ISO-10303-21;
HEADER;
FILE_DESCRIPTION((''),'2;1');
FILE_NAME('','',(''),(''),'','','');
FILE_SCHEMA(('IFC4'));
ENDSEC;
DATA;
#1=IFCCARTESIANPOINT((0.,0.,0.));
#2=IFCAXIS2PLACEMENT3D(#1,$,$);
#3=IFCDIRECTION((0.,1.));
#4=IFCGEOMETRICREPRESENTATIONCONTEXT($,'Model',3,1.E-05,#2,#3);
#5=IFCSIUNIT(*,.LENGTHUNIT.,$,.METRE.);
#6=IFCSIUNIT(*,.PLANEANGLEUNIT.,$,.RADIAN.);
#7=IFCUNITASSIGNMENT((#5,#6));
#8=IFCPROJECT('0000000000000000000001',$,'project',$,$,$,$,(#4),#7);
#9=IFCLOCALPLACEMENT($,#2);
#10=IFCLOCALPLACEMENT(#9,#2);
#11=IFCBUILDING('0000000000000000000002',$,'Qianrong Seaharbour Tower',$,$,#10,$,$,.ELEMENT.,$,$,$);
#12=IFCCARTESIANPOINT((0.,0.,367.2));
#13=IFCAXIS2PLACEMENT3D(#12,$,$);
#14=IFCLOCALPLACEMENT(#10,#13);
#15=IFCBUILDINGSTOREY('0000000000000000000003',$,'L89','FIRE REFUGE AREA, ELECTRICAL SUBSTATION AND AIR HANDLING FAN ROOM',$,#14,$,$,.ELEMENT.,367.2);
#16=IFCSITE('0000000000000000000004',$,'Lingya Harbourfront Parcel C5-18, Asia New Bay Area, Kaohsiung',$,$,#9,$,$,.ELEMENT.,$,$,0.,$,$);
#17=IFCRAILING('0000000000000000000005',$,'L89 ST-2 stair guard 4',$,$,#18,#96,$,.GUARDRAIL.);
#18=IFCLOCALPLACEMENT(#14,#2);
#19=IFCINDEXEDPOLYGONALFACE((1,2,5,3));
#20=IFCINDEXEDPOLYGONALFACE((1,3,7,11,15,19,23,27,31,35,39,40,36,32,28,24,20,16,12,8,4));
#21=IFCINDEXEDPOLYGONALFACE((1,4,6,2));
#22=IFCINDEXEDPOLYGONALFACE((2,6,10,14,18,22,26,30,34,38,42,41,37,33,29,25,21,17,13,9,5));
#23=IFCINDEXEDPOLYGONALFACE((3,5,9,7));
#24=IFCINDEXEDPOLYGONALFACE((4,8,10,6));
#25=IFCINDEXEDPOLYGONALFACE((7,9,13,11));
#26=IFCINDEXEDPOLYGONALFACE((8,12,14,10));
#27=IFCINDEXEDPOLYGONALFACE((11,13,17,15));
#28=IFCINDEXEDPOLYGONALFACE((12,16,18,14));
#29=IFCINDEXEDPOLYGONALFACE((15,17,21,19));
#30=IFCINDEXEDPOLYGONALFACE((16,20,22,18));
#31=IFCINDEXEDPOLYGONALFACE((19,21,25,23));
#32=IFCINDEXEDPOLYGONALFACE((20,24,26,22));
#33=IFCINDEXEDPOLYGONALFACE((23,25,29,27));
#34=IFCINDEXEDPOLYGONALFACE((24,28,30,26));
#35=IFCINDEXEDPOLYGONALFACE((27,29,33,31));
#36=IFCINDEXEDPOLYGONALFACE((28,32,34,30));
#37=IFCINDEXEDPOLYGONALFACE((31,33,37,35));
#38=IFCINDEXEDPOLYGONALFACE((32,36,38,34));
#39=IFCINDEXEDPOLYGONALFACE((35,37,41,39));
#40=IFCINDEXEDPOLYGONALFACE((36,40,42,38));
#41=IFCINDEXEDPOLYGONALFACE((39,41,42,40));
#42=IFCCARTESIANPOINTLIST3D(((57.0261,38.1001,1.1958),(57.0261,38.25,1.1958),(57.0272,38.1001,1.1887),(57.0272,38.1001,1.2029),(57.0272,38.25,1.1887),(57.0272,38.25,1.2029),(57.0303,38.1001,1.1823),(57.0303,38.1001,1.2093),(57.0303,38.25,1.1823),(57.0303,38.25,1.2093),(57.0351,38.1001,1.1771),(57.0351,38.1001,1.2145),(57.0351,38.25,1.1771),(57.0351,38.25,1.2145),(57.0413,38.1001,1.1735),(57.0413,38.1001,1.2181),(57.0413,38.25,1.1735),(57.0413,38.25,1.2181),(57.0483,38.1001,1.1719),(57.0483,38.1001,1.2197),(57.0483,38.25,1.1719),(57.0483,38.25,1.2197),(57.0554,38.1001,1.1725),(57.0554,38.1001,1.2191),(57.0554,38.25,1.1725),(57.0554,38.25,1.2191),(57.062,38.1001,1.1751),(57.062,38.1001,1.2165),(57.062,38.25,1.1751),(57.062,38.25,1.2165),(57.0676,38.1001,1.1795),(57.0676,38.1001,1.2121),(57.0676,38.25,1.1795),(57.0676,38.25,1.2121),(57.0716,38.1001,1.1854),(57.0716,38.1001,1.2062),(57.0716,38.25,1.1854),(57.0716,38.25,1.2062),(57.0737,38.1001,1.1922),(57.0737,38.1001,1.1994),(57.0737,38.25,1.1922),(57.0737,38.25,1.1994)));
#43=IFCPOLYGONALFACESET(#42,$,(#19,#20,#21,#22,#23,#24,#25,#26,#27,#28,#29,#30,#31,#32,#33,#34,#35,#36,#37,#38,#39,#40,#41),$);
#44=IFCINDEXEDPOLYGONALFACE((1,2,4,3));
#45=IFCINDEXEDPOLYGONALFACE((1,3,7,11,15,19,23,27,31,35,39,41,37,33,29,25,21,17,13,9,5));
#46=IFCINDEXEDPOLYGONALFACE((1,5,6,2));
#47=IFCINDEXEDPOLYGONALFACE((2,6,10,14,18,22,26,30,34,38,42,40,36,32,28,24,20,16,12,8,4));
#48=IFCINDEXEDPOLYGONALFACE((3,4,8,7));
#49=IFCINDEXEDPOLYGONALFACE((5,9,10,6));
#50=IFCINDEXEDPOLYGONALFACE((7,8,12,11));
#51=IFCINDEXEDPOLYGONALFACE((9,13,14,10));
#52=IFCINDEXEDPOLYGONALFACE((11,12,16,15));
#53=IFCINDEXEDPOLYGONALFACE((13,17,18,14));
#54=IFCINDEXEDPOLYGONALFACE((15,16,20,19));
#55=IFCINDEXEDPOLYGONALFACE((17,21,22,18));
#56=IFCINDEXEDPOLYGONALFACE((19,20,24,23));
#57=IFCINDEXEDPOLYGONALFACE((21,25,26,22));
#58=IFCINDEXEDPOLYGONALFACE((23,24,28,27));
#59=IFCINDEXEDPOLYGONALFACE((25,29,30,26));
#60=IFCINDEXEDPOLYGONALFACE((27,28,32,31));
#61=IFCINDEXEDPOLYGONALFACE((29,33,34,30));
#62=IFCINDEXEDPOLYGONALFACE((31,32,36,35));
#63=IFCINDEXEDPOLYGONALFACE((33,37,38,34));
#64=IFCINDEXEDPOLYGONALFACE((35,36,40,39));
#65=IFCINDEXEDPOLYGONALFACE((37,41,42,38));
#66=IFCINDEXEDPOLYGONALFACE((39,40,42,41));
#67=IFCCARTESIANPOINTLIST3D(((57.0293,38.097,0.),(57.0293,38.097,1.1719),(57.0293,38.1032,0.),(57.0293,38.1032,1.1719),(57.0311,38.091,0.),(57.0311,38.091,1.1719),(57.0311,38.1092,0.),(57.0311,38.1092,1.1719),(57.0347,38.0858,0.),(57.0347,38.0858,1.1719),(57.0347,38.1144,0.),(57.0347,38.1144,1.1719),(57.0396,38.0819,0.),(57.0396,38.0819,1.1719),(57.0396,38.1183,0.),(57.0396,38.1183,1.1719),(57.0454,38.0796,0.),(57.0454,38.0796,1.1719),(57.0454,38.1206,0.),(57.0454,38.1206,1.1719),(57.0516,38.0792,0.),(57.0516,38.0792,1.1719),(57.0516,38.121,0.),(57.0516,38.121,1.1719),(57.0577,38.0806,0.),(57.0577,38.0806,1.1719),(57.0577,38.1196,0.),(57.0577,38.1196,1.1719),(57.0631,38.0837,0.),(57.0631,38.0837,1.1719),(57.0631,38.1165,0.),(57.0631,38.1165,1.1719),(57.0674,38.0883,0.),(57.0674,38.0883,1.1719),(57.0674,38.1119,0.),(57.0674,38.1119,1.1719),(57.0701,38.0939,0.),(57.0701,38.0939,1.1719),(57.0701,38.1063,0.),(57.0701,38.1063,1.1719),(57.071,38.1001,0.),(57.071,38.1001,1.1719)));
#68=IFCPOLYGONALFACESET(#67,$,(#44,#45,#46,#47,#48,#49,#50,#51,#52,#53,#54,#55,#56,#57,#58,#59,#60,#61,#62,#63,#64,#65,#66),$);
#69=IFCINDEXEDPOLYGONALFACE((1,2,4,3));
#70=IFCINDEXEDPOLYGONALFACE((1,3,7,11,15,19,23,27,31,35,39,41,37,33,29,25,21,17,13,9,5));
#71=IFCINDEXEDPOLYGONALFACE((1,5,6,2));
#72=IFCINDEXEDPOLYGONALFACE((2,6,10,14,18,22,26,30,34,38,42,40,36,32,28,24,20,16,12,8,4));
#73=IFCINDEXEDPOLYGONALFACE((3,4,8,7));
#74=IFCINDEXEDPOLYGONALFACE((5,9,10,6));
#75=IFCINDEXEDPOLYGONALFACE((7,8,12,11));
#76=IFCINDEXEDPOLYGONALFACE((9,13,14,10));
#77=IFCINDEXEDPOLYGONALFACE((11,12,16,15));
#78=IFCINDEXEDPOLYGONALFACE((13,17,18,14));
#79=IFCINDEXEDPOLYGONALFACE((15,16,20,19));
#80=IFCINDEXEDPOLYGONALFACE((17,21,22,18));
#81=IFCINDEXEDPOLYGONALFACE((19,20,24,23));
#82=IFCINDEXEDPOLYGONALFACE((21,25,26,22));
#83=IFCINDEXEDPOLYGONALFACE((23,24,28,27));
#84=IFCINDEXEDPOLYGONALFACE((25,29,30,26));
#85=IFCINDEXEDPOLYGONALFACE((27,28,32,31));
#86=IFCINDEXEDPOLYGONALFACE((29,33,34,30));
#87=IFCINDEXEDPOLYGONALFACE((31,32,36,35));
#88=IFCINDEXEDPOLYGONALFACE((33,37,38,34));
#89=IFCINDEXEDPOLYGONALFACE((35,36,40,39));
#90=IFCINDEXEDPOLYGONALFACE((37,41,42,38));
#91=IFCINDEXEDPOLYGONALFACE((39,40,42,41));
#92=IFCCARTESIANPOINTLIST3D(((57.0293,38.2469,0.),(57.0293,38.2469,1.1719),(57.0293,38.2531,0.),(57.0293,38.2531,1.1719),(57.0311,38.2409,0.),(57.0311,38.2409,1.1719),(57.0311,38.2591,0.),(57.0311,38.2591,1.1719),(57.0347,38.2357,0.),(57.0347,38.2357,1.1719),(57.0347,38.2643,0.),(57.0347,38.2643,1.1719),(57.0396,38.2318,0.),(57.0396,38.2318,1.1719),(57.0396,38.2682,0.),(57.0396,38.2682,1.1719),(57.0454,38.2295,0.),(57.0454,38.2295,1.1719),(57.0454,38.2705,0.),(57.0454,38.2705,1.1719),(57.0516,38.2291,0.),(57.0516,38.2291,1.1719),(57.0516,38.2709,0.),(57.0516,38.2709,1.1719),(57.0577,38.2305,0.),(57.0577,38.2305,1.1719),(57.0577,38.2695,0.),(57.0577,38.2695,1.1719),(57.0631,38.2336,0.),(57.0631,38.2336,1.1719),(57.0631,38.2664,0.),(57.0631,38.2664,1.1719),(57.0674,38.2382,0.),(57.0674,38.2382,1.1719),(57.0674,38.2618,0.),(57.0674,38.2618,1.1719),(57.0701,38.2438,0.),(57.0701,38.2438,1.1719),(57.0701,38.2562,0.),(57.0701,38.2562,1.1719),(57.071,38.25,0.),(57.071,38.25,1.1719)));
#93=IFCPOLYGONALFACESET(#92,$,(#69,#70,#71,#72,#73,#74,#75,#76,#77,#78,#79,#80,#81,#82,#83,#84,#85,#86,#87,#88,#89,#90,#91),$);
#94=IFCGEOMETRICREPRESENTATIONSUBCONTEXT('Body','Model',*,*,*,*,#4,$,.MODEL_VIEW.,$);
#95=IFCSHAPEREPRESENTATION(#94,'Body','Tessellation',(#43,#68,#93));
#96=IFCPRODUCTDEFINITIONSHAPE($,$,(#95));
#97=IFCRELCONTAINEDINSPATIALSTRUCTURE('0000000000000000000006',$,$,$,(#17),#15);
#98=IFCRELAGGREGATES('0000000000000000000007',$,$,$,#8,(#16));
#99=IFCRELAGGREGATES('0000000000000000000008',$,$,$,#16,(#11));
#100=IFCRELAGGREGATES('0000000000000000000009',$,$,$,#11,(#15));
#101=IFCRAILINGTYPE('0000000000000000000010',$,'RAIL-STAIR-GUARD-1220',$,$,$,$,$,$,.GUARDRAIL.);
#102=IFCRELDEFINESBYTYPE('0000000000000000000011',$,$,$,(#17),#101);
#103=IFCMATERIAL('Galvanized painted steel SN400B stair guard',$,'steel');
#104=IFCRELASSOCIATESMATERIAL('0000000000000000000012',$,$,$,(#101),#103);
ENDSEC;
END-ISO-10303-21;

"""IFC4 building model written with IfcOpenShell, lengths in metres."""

from ifc_helpers import new_model, si_unit, direction, frame, origin, origin_2d, place, context, subcontext, project, spatial, circle, extrude, material, type_object, element, save


model = new_model("IFC4")

# Units and contexts
model_context = context("Model", 3, precision=1e-05, world=origin(), true_north=direction((0.0, 1.0)))
body_context = subcontext(model_context, "Body", "Model", "MODEL_VIEW")
ifc_project = project(units=[si_unit("LENGTHUNIT", "METRE"), si_unit("PLANEANGLEUNIT", "RADIAN")], contexts=[model_context])

# Site, building, storey
site_placement = place(None, origin())
site = spatial("IfcSite", under=ifc_project, at=site_placement, Name="Lingya Harbourfront Parcel C5-18, Asia New Bay Area, Kaohsiung", CompositionType="ELEMENT", RefElevation=0.0)
building_placement = place(site_placement, origin())
building = spatial("IfcBuilding", under=site, at=building_placement, Name="Qianrong Seaharbour Tower", CompositionType="ELEMENT")
storey_placement = place(building_placement, frame((0.0, 0.0, 367.2)))
storey = spatial("IfcBuildingStorey", under=building, at=storey_placement, Name="L89", Description="FIRE REFUGE AREA, ELECTRICAL SUBSTATION AND AIR HANDLING FAN ROOM", CompositionType="ELEMENT", Elevation=367.2)

# Railing
ifc_material_1 = material(Name="Galvanized painted steel SN400B stair guard", Category="steel")
railing_type_1 = type_object("IfcRailingType", Name="RAIL-STAIR-GUARD-1220", PredefinedType="GUARDRAIL", material=ifc_material_1)
railing_1_placement = place(storey_placement, frame((57.05, 38.1001, 0.0)))
element("IfcRailing", 1, at=railing_1_placement, inside=storey, type_object=railing_type_1, Name="L89 ST-2 stair guard 4", PredefinedType="GUARDRAIL", context=body_context, shape_type="SweptSolid", body=[
    extrude(circle(Radius=0.0239, at=origin_2d()), frame((0.0, 0.0, 1.1958), z_axis=(0.0, 1.0, 0.0), x_axis=(-1.0, 0.0, 0.0)), (0.0, 0.0, 1.0), 0.1499),
    extrude(circle(Radius=0.021, at=origin_2d()), origin(), (0.0, 0.0, 1.0), 1.1719),
    extrude(circle(Radius=0.021, at=origin_2d()), frame((0.0, 0.1499, 0.0)), (0.0, 0.0, 1.0), 1.1719),
])

save(model, "model.ifc")
